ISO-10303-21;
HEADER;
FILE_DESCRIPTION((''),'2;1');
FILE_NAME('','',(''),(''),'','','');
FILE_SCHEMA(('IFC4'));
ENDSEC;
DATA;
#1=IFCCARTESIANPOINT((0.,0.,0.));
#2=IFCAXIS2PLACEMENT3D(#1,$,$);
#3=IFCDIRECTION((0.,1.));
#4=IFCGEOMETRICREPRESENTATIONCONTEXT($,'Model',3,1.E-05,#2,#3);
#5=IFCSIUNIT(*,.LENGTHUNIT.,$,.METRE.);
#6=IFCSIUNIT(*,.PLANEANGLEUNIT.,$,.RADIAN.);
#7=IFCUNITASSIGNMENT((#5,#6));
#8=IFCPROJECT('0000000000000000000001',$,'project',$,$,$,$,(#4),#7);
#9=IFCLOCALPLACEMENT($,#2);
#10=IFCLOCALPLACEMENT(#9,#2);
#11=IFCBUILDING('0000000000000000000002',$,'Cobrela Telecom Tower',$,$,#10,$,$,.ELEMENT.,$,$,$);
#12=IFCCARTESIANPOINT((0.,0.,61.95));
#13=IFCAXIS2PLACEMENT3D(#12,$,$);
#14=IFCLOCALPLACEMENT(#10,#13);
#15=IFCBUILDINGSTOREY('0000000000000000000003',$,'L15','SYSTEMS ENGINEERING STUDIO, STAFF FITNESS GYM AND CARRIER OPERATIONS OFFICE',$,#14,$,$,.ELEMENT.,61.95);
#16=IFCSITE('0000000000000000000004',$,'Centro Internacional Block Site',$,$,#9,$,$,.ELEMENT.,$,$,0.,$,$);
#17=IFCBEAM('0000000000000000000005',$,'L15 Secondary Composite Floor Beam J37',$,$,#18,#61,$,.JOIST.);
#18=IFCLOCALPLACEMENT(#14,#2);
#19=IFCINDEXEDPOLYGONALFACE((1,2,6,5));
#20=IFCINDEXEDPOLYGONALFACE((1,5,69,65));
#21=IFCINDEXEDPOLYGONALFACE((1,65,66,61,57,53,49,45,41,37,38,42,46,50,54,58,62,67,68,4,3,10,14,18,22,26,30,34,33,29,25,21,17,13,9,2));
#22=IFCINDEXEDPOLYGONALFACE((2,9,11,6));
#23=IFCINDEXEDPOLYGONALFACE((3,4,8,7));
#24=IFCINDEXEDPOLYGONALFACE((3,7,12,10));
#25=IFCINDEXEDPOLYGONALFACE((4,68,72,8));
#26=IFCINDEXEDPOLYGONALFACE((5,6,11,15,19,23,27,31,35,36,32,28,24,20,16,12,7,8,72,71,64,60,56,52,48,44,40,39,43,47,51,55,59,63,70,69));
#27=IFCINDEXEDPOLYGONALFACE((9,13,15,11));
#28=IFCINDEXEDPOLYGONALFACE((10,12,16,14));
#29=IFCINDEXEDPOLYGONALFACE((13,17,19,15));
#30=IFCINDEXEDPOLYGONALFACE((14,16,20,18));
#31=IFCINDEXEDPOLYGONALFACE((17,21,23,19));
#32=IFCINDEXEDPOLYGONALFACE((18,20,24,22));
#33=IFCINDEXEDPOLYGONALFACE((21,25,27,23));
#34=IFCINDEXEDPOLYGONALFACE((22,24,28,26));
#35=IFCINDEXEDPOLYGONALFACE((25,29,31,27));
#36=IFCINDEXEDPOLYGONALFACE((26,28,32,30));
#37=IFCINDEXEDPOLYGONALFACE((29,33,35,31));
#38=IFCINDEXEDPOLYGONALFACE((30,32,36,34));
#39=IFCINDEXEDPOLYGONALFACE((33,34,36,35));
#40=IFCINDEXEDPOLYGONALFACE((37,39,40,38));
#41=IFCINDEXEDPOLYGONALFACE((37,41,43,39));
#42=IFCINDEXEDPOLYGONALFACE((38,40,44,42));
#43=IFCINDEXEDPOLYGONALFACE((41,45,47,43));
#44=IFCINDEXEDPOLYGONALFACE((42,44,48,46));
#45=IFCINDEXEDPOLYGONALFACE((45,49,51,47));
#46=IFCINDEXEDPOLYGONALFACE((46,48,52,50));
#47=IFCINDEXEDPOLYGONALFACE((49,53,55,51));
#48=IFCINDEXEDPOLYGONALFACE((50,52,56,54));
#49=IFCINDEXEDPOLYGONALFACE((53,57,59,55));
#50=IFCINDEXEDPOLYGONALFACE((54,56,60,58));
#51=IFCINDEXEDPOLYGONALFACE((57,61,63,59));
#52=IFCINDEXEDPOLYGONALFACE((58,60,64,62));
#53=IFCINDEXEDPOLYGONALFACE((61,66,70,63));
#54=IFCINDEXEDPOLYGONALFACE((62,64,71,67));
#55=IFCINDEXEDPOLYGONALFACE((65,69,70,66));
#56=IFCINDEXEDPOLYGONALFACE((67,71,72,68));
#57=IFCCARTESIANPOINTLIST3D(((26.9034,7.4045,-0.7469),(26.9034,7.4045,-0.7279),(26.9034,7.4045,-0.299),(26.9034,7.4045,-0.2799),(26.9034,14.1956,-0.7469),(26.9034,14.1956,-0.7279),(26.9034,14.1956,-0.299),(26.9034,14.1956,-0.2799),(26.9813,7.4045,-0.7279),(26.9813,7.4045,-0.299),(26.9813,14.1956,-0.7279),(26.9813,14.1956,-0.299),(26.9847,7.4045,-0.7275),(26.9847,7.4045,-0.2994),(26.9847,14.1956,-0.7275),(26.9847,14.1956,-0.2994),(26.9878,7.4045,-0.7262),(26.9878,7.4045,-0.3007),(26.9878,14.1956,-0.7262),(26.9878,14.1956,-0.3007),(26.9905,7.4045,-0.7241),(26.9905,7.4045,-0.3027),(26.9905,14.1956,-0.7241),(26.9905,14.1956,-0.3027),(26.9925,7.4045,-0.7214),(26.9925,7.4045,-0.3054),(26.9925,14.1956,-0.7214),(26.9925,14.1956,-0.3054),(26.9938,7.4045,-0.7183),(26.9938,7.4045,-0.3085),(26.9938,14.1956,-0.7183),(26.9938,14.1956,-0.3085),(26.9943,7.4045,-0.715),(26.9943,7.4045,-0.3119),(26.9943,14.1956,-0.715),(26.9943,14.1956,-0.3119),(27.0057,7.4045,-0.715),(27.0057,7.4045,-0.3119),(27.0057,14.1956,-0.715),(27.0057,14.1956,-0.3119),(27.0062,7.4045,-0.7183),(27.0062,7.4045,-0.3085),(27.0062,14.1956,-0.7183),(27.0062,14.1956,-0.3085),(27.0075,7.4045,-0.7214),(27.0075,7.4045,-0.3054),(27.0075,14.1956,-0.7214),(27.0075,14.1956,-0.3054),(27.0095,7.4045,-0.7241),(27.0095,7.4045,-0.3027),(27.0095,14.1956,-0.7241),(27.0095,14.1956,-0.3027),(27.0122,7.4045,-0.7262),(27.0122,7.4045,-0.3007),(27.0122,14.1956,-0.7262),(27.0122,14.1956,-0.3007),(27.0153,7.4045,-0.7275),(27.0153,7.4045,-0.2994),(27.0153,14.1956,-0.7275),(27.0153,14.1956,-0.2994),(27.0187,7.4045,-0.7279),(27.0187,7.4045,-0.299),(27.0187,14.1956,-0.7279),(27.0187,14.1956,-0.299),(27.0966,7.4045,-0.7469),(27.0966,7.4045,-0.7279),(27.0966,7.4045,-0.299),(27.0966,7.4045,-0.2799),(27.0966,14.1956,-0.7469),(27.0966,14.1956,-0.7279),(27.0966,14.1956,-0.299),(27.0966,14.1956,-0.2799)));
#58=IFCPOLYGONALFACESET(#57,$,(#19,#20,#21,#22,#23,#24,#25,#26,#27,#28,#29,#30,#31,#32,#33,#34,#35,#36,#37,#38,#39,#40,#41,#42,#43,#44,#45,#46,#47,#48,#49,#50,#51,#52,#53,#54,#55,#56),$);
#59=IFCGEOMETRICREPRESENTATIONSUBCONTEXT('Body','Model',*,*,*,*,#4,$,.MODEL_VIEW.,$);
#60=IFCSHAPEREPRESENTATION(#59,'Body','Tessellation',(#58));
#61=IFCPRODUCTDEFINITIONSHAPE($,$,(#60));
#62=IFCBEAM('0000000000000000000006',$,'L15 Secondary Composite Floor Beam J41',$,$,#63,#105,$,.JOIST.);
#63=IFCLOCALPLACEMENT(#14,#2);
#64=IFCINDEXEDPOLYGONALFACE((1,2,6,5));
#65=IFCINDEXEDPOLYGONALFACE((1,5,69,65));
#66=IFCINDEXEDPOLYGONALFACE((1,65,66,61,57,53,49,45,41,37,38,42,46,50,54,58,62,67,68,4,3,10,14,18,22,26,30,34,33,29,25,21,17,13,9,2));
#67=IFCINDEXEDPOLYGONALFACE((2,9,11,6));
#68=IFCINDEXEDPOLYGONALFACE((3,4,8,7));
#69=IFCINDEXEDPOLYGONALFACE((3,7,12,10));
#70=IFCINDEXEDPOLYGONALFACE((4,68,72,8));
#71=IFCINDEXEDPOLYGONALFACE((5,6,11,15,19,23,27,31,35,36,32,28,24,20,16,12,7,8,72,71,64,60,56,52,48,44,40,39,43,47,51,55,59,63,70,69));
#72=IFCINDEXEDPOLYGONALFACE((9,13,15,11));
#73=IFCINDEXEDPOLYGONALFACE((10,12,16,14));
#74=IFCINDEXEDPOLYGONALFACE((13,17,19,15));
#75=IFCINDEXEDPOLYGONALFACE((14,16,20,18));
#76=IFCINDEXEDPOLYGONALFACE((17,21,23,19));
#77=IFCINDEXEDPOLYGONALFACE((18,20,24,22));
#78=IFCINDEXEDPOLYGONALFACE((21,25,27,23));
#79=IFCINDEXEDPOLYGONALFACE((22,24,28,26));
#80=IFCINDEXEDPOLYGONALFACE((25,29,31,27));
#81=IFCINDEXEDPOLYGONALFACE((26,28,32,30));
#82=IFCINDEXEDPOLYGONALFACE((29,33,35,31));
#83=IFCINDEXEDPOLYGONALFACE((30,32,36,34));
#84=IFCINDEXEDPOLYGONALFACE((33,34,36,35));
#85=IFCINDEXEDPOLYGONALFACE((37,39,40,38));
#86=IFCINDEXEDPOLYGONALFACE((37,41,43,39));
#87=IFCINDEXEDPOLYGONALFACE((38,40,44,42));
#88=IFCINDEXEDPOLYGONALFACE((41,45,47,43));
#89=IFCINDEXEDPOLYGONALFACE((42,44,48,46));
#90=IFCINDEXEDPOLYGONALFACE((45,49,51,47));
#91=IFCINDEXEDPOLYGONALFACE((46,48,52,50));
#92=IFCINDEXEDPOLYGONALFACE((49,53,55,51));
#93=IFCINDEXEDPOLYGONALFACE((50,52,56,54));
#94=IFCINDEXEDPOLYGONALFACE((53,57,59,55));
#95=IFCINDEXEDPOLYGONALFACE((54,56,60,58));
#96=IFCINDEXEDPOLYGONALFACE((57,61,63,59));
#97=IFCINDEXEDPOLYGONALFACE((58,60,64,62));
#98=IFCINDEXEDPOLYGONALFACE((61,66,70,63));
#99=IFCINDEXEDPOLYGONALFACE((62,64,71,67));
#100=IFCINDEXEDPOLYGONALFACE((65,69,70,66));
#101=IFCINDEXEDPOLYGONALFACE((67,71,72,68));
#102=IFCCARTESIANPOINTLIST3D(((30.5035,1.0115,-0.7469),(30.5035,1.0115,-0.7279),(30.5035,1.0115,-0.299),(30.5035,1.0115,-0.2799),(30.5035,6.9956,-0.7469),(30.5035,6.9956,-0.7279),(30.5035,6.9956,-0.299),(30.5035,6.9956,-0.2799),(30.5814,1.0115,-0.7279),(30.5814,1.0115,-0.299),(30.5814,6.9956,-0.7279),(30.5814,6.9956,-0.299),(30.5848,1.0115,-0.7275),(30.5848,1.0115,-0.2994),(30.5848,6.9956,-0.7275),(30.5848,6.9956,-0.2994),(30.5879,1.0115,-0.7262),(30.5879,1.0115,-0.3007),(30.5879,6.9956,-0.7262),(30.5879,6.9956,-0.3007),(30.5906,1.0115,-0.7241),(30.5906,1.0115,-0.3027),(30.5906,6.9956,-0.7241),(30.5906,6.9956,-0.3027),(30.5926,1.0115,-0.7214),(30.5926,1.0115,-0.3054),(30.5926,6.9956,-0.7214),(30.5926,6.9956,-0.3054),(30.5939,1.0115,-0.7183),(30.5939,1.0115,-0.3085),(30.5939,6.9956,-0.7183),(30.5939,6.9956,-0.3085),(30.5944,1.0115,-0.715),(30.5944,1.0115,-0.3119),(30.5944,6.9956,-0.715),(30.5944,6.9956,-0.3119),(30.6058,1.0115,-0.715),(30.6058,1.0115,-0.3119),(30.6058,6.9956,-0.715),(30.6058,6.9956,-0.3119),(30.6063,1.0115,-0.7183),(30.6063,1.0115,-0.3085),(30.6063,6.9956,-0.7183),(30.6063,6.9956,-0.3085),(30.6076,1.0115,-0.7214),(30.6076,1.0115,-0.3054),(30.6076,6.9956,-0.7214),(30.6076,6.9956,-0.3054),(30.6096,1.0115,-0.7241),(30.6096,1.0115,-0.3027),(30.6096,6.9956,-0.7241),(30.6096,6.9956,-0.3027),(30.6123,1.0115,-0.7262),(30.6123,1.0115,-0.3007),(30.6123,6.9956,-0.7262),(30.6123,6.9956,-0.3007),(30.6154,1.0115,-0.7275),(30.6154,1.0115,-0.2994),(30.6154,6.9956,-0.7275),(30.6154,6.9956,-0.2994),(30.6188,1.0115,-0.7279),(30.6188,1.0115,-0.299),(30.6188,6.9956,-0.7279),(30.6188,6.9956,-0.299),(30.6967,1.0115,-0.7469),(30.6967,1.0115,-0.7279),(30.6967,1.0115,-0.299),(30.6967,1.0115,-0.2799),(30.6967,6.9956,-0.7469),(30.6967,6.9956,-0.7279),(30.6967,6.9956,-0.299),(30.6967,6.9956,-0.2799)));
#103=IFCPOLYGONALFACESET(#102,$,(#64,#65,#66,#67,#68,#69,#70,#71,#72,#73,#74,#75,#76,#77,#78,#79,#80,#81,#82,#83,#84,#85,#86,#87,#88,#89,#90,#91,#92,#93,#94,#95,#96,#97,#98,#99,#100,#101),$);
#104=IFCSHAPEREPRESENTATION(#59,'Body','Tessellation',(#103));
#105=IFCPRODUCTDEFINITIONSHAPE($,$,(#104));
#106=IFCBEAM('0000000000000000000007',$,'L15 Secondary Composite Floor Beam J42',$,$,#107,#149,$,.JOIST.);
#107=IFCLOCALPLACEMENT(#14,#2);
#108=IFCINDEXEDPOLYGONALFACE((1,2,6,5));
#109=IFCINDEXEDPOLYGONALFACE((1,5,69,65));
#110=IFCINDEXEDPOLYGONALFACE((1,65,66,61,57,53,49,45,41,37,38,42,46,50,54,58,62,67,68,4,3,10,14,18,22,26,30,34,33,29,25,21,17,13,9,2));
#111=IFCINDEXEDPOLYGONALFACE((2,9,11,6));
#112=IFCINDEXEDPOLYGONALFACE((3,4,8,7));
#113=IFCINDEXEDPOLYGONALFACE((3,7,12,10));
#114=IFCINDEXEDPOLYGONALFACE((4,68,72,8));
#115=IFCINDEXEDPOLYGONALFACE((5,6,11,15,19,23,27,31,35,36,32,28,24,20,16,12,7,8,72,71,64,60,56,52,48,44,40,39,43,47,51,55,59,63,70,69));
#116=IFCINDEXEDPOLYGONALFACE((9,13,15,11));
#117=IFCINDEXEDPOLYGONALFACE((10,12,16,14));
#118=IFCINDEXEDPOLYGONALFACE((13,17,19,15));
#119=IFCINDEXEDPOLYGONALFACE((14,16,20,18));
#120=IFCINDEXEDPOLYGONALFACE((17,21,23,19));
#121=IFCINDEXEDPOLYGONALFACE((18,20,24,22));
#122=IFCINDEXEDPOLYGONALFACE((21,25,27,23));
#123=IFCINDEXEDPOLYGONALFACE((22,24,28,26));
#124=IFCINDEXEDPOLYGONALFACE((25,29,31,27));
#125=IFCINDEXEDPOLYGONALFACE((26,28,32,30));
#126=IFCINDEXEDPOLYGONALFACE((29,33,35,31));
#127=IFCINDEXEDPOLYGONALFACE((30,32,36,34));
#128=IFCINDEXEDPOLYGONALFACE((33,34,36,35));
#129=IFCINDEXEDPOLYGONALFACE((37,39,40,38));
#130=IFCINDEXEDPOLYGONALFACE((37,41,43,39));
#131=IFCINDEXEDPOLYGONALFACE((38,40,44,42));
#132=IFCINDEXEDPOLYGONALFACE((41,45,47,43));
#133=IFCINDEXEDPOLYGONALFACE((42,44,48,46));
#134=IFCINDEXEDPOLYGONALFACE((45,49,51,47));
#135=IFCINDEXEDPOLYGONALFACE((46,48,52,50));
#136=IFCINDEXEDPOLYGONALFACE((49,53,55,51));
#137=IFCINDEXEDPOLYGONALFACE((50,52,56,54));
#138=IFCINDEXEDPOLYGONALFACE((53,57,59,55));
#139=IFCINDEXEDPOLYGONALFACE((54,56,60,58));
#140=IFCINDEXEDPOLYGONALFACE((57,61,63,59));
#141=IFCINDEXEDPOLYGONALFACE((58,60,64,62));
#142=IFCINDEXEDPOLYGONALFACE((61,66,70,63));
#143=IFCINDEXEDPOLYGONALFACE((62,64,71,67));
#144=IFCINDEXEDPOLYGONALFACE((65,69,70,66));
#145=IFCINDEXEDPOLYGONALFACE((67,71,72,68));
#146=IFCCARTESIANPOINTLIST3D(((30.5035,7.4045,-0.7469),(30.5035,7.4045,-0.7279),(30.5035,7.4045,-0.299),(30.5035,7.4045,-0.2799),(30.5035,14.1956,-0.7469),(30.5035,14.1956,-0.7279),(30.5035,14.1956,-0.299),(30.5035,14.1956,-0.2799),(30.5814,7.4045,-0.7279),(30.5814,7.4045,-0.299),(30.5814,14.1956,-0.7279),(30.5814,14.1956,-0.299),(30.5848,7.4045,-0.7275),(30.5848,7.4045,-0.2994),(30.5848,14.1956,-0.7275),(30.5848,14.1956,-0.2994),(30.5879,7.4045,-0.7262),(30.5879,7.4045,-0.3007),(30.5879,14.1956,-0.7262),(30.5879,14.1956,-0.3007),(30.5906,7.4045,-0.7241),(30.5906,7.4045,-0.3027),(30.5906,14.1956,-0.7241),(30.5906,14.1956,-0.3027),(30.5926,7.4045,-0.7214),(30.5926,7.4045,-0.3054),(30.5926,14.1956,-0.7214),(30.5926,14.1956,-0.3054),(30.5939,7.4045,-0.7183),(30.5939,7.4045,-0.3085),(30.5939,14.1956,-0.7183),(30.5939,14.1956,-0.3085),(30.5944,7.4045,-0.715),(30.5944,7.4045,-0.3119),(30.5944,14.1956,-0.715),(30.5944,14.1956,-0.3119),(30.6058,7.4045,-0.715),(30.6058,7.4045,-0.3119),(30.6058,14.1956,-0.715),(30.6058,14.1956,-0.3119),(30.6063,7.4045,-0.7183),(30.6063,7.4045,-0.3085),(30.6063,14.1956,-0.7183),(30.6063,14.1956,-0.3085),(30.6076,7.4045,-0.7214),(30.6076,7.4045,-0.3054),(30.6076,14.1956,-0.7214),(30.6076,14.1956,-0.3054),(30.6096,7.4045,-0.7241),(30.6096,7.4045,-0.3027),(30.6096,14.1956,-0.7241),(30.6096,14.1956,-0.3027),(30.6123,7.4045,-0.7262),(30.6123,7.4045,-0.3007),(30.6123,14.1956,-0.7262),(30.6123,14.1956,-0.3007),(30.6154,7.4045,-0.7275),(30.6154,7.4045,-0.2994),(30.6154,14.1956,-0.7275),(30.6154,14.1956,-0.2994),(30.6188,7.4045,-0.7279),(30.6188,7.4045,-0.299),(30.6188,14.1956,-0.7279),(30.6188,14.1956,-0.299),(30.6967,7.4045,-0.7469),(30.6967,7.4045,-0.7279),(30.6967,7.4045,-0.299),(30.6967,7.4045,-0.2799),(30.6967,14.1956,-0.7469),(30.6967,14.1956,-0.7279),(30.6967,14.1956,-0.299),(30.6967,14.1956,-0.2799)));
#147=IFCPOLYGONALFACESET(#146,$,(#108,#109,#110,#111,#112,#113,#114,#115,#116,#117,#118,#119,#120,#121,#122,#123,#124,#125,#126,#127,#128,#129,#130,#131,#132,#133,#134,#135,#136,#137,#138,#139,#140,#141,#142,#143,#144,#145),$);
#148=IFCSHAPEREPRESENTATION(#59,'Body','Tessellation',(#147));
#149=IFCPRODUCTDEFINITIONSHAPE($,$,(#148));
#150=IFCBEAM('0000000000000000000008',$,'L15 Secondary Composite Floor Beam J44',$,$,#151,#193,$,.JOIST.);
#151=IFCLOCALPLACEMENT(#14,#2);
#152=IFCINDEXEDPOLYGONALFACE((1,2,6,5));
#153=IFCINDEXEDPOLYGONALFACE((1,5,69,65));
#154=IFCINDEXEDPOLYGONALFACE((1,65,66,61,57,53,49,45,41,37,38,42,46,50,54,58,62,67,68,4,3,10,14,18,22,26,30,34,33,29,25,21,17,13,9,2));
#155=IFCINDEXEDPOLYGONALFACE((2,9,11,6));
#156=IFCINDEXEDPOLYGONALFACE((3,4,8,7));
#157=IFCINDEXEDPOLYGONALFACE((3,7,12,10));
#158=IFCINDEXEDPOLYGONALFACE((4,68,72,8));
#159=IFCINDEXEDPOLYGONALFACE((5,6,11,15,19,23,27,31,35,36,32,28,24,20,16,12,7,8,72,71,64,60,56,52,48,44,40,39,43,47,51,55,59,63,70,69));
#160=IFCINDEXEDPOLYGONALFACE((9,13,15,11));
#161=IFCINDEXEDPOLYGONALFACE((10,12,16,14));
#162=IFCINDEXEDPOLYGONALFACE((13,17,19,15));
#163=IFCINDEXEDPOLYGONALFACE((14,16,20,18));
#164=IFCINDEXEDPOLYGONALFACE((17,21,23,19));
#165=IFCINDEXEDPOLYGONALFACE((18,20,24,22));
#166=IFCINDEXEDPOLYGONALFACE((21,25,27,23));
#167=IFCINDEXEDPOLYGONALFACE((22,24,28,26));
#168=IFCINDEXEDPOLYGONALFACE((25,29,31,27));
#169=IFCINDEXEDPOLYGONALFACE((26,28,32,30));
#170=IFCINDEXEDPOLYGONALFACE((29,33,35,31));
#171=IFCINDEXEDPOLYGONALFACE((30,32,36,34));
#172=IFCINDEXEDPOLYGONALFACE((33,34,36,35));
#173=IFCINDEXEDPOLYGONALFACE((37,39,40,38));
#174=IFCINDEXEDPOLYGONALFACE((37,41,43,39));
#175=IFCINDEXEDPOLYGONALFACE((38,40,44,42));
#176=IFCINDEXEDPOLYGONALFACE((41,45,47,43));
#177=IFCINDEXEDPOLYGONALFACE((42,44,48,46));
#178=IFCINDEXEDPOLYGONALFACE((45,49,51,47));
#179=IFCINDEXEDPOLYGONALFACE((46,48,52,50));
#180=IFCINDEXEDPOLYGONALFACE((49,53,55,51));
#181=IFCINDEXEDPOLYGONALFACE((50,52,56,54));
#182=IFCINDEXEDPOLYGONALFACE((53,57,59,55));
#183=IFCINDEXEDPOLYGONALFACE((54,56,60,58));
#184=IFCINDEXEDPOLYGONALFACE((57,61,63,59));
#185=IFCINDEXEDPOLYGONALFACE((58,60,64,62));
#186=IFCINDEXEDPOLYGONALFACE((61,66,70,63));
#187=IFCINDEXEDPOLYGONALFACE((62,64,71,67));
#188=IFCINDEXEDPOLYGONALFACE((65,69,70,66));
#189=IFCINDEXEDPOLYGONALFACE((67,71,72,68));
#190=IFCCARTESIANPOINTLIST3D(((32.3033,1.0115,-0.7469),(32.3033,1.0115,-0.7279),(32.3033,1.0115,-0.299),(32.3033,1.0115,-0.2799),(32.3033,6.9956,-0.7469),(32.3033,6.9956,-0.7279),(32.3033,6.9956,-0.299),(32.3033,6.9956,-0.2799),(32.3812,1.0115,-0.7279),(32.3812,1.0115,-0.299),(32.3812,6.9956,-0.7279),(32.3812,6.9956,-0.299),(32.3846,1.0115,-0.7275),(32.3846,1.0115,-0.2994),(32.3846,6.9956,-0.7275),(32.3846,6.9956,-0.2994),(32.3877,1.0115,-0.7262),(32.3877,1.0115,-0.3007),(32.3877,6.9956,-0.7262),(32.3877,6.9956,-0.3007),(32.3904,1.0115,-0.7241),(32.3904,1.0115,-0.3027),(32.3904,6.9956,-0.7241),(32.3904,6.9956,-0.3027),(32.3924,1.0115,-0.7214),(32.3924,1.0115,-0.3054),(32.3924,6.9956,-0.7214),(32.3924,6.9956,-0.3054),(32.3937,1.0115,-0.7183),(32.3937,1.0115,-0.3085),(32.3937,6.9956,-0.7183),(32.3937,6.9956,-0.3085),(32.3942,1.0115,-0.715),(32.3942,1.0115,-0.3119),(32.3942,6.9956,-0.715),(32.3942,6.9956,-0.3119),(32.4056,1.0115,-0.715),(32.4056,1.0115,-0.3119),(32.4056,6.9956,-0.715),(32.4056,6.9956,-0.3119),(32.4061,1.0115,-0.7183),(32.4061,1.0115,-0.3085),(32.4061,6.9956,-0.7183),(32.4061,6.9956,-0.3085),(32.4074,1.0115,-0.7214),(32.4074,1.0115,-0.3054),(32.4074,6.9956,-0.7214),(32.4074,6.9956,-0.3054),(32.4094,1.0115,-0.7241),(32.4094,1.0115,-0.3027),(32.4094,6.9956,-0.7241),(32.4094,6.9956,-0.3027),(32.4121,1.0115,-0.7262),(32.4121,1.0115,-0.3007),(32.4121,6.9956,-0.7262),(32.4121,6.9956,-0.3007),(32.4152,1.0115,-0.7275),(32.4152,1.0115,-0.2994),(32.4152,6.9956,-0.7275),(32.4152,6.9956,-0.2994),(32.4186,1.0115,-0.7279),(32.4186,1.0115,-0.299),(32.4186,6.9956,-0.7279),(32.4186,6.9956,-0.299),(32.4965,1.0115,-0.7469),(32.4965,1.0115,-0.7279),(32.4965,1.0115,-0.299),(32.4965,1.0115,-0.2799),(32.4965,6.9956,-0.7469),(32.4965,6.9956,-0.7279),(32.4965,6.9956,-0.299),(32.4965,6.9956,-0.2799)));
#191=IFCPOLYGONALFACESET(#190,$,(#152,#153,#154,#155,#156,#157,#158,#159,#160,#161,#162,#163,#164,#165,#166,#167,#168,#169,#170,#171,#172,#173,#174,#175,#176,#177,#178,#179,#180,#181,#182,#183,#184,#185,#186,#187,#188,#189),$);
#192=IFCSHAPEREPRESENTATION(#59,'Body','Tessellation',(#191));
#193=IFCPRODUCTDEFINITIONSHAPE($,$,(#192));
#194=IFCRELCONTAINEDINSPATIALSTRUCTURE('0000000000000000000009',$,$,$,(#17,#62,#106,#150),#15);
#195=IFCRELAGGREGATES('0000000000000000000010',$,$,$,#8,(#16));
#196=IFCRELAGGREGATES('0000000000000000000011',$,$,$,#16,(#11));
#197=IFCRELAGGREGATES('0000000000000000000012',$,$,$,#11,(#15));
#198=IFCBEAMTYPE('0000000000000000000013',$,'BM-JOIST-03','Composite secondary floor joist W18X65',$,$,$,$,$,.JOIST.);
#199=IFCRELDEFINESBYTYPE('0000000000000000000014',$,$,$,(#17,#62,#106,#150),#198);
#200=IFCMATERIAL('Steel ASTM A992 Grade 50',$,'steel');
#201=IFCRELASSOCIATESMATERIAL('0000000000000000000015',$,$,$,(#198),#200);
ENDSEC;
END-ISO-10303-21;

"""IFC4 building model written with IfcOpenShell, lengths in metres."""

from ifc_helpers import new_model, si_unit, direction, frame, origin, origin_2d, place, context, subcontext, project, spatial, i_section, extrude, material, material_profile, profile_set, type_object, element, save


model = new_model("IFC4")

# Units and contexts
model_context = context("Model", 3, precision=1e-05, world=origin(), true_north=direction((0.0, 1.0)))
body_context = subcontext(model_context, "Body", "Model", "MODEL_VIEW")
ifc_project = project(units=[si_unit("LENGTHUNIT", "METRE"), si_unit("PLANEANGLEUNIT", "RADIAN")], contexts=[model_context])

# Site, building, storey
site_placement = place(None, origin())
site = spatial("IfcSite", under=ifc_project, at=site_placement, Name="Centro Internacional Block Site", CompositionType="ELEMENT", RefElevation=0.0)
building_placement = place(site_placement, origin())
building = spatial("IfcBuilding", under=site, at=building_placement, Name="Cobrela Telecom Tower", CompositionType="ELEMENT")
storey_placement = place(building_placement, frame((0.0, 0.0, 61.95)))
storey = spatial("IfcBuildingStorey", under=building, at=storey_placement, Name="L15", Description="SYSTEMS ENGINEERING STUDIO, STAFF FITNESS GYM AND CARRIER OPERATIONS OFFICE", CompositionType="ELEMENT", Elevation=61.95)

# Shared definitions
ifc_material_1 = material(Name="Steel ASTM A992 Grade 50", Category="steel")

# Beams
ifc_material_profile_1 = material_profile(ifc_material_1, i_section(OverallWidth=0.1931, OverallDepth=0.467, WebThickness=0.0115, FlangeThickness=0.019, FilletRadius=0.0129, at=origin_2d()), Name="W18X65")
ifc_profile_set_1 = profile_set([ifc_material_profile_1], Name="Steel ASTM A992 Grade 50")
beam_type_1 = type_object("IfcBeamType", Name="BM-JOIST-03", Description="Composite secondary floor joist W18X65", PredefinedType="JOIST", material=ifc_profile_set_1)
beam_1_placement = place(storey_placement, frame((27.0, 7.4045, -0.5134), z_axis=(0.0, 1.0, 0.0), x_axis=(-1.0, 0.0, 0.0)))
element("IfcBeam", 1, at=beam_1_placement, inside=storey, type_object=beam_type_1, Name="L15 Secondary Composite Floor Beam J37", PredefinedType="JOIST", context=body_context, shape_type="SweptSolid", body=[
    extrude(i_section(OverallWidth=0.1931, OverallDepth=0.467, WebThickness=0.0115, FlangeThickness=0.019, FilletRadius=0.0129, at=origin_2d()), origin(), (0.0, 0.0, 1.0), 6.791),
])
beam_2_placement = place(storey_placement, frame((30.6001, 1.0115, -0.5134), z_axis=(0.0, 1.0, 0.0), x_axis=(-1.0, 0.0, 0.0)))
element("IfcBeam", 2, at=beam_2_placement, inside=storey, type_object=beam_type_1, Name="L15 Secondary Composite Floor Beam J41", PredefinedType="JOIST", context=body_context, shape_type="SweptSolid", body=[
    extrude(i_section(OverallWidth=0.1931, OverallDepth=0.467, WebThickness=0.0115, FlangeThickness=0.019, FilletRadius=0.0129, at=origin_2d()), origin(), (0.0, 0.0, 1.0), 5.9841),
])
beam_3_placement = place(storey_placement, frame((30.6001, 7.4045, -0.5134), z_axis=(0.0, 1.0, 0.0), x_axis=(-1.0, 0.0, 0.0)))
element("IfcBeam", 3, at=beam_3_placement, inside=storey, type_object=beam_type_1, Name="L15 Secondary Composite Floor Beam J42", PredefinedType="JOIST", context=body_context, shape_type="SweptSolid", body=[
    extrude(i_section(OverallWidth=0.1931, OverallDepth=0.467, WebThickness=0.0115, FlangeThickness=0.019, FilletRadius=0.0129, at=origin_2d()), origin(), (0.0, 0.0, 1.0), 6.791),
])
beam_4_placement = place(storey_placement, frame((32.3999, 1.0115, -0.5134), z_axis=(0.0, 1.0, 0.0), x_axis=(-1.0, 0.0, 0.0)))
element("IfcBeam", 4, at=beam_4_placement, inside=storey, type_object=beam_type_1, Name="L15 Secondary Composite Floor Beam J44", PredefinedType="JOIST", context=body_context, shape_type="SweptSolid", body=[
    extrude(i_section(OverallWidth=0.1931, OverallDepth=0.467, WebThickness=0.0115, FlangeThickness=0.019, FilletRadius=0.0129, at=origin_2d()), origin(), (0.0, 0.0, 1.0), 5.9841),
])

save(model, "model.ifc")
